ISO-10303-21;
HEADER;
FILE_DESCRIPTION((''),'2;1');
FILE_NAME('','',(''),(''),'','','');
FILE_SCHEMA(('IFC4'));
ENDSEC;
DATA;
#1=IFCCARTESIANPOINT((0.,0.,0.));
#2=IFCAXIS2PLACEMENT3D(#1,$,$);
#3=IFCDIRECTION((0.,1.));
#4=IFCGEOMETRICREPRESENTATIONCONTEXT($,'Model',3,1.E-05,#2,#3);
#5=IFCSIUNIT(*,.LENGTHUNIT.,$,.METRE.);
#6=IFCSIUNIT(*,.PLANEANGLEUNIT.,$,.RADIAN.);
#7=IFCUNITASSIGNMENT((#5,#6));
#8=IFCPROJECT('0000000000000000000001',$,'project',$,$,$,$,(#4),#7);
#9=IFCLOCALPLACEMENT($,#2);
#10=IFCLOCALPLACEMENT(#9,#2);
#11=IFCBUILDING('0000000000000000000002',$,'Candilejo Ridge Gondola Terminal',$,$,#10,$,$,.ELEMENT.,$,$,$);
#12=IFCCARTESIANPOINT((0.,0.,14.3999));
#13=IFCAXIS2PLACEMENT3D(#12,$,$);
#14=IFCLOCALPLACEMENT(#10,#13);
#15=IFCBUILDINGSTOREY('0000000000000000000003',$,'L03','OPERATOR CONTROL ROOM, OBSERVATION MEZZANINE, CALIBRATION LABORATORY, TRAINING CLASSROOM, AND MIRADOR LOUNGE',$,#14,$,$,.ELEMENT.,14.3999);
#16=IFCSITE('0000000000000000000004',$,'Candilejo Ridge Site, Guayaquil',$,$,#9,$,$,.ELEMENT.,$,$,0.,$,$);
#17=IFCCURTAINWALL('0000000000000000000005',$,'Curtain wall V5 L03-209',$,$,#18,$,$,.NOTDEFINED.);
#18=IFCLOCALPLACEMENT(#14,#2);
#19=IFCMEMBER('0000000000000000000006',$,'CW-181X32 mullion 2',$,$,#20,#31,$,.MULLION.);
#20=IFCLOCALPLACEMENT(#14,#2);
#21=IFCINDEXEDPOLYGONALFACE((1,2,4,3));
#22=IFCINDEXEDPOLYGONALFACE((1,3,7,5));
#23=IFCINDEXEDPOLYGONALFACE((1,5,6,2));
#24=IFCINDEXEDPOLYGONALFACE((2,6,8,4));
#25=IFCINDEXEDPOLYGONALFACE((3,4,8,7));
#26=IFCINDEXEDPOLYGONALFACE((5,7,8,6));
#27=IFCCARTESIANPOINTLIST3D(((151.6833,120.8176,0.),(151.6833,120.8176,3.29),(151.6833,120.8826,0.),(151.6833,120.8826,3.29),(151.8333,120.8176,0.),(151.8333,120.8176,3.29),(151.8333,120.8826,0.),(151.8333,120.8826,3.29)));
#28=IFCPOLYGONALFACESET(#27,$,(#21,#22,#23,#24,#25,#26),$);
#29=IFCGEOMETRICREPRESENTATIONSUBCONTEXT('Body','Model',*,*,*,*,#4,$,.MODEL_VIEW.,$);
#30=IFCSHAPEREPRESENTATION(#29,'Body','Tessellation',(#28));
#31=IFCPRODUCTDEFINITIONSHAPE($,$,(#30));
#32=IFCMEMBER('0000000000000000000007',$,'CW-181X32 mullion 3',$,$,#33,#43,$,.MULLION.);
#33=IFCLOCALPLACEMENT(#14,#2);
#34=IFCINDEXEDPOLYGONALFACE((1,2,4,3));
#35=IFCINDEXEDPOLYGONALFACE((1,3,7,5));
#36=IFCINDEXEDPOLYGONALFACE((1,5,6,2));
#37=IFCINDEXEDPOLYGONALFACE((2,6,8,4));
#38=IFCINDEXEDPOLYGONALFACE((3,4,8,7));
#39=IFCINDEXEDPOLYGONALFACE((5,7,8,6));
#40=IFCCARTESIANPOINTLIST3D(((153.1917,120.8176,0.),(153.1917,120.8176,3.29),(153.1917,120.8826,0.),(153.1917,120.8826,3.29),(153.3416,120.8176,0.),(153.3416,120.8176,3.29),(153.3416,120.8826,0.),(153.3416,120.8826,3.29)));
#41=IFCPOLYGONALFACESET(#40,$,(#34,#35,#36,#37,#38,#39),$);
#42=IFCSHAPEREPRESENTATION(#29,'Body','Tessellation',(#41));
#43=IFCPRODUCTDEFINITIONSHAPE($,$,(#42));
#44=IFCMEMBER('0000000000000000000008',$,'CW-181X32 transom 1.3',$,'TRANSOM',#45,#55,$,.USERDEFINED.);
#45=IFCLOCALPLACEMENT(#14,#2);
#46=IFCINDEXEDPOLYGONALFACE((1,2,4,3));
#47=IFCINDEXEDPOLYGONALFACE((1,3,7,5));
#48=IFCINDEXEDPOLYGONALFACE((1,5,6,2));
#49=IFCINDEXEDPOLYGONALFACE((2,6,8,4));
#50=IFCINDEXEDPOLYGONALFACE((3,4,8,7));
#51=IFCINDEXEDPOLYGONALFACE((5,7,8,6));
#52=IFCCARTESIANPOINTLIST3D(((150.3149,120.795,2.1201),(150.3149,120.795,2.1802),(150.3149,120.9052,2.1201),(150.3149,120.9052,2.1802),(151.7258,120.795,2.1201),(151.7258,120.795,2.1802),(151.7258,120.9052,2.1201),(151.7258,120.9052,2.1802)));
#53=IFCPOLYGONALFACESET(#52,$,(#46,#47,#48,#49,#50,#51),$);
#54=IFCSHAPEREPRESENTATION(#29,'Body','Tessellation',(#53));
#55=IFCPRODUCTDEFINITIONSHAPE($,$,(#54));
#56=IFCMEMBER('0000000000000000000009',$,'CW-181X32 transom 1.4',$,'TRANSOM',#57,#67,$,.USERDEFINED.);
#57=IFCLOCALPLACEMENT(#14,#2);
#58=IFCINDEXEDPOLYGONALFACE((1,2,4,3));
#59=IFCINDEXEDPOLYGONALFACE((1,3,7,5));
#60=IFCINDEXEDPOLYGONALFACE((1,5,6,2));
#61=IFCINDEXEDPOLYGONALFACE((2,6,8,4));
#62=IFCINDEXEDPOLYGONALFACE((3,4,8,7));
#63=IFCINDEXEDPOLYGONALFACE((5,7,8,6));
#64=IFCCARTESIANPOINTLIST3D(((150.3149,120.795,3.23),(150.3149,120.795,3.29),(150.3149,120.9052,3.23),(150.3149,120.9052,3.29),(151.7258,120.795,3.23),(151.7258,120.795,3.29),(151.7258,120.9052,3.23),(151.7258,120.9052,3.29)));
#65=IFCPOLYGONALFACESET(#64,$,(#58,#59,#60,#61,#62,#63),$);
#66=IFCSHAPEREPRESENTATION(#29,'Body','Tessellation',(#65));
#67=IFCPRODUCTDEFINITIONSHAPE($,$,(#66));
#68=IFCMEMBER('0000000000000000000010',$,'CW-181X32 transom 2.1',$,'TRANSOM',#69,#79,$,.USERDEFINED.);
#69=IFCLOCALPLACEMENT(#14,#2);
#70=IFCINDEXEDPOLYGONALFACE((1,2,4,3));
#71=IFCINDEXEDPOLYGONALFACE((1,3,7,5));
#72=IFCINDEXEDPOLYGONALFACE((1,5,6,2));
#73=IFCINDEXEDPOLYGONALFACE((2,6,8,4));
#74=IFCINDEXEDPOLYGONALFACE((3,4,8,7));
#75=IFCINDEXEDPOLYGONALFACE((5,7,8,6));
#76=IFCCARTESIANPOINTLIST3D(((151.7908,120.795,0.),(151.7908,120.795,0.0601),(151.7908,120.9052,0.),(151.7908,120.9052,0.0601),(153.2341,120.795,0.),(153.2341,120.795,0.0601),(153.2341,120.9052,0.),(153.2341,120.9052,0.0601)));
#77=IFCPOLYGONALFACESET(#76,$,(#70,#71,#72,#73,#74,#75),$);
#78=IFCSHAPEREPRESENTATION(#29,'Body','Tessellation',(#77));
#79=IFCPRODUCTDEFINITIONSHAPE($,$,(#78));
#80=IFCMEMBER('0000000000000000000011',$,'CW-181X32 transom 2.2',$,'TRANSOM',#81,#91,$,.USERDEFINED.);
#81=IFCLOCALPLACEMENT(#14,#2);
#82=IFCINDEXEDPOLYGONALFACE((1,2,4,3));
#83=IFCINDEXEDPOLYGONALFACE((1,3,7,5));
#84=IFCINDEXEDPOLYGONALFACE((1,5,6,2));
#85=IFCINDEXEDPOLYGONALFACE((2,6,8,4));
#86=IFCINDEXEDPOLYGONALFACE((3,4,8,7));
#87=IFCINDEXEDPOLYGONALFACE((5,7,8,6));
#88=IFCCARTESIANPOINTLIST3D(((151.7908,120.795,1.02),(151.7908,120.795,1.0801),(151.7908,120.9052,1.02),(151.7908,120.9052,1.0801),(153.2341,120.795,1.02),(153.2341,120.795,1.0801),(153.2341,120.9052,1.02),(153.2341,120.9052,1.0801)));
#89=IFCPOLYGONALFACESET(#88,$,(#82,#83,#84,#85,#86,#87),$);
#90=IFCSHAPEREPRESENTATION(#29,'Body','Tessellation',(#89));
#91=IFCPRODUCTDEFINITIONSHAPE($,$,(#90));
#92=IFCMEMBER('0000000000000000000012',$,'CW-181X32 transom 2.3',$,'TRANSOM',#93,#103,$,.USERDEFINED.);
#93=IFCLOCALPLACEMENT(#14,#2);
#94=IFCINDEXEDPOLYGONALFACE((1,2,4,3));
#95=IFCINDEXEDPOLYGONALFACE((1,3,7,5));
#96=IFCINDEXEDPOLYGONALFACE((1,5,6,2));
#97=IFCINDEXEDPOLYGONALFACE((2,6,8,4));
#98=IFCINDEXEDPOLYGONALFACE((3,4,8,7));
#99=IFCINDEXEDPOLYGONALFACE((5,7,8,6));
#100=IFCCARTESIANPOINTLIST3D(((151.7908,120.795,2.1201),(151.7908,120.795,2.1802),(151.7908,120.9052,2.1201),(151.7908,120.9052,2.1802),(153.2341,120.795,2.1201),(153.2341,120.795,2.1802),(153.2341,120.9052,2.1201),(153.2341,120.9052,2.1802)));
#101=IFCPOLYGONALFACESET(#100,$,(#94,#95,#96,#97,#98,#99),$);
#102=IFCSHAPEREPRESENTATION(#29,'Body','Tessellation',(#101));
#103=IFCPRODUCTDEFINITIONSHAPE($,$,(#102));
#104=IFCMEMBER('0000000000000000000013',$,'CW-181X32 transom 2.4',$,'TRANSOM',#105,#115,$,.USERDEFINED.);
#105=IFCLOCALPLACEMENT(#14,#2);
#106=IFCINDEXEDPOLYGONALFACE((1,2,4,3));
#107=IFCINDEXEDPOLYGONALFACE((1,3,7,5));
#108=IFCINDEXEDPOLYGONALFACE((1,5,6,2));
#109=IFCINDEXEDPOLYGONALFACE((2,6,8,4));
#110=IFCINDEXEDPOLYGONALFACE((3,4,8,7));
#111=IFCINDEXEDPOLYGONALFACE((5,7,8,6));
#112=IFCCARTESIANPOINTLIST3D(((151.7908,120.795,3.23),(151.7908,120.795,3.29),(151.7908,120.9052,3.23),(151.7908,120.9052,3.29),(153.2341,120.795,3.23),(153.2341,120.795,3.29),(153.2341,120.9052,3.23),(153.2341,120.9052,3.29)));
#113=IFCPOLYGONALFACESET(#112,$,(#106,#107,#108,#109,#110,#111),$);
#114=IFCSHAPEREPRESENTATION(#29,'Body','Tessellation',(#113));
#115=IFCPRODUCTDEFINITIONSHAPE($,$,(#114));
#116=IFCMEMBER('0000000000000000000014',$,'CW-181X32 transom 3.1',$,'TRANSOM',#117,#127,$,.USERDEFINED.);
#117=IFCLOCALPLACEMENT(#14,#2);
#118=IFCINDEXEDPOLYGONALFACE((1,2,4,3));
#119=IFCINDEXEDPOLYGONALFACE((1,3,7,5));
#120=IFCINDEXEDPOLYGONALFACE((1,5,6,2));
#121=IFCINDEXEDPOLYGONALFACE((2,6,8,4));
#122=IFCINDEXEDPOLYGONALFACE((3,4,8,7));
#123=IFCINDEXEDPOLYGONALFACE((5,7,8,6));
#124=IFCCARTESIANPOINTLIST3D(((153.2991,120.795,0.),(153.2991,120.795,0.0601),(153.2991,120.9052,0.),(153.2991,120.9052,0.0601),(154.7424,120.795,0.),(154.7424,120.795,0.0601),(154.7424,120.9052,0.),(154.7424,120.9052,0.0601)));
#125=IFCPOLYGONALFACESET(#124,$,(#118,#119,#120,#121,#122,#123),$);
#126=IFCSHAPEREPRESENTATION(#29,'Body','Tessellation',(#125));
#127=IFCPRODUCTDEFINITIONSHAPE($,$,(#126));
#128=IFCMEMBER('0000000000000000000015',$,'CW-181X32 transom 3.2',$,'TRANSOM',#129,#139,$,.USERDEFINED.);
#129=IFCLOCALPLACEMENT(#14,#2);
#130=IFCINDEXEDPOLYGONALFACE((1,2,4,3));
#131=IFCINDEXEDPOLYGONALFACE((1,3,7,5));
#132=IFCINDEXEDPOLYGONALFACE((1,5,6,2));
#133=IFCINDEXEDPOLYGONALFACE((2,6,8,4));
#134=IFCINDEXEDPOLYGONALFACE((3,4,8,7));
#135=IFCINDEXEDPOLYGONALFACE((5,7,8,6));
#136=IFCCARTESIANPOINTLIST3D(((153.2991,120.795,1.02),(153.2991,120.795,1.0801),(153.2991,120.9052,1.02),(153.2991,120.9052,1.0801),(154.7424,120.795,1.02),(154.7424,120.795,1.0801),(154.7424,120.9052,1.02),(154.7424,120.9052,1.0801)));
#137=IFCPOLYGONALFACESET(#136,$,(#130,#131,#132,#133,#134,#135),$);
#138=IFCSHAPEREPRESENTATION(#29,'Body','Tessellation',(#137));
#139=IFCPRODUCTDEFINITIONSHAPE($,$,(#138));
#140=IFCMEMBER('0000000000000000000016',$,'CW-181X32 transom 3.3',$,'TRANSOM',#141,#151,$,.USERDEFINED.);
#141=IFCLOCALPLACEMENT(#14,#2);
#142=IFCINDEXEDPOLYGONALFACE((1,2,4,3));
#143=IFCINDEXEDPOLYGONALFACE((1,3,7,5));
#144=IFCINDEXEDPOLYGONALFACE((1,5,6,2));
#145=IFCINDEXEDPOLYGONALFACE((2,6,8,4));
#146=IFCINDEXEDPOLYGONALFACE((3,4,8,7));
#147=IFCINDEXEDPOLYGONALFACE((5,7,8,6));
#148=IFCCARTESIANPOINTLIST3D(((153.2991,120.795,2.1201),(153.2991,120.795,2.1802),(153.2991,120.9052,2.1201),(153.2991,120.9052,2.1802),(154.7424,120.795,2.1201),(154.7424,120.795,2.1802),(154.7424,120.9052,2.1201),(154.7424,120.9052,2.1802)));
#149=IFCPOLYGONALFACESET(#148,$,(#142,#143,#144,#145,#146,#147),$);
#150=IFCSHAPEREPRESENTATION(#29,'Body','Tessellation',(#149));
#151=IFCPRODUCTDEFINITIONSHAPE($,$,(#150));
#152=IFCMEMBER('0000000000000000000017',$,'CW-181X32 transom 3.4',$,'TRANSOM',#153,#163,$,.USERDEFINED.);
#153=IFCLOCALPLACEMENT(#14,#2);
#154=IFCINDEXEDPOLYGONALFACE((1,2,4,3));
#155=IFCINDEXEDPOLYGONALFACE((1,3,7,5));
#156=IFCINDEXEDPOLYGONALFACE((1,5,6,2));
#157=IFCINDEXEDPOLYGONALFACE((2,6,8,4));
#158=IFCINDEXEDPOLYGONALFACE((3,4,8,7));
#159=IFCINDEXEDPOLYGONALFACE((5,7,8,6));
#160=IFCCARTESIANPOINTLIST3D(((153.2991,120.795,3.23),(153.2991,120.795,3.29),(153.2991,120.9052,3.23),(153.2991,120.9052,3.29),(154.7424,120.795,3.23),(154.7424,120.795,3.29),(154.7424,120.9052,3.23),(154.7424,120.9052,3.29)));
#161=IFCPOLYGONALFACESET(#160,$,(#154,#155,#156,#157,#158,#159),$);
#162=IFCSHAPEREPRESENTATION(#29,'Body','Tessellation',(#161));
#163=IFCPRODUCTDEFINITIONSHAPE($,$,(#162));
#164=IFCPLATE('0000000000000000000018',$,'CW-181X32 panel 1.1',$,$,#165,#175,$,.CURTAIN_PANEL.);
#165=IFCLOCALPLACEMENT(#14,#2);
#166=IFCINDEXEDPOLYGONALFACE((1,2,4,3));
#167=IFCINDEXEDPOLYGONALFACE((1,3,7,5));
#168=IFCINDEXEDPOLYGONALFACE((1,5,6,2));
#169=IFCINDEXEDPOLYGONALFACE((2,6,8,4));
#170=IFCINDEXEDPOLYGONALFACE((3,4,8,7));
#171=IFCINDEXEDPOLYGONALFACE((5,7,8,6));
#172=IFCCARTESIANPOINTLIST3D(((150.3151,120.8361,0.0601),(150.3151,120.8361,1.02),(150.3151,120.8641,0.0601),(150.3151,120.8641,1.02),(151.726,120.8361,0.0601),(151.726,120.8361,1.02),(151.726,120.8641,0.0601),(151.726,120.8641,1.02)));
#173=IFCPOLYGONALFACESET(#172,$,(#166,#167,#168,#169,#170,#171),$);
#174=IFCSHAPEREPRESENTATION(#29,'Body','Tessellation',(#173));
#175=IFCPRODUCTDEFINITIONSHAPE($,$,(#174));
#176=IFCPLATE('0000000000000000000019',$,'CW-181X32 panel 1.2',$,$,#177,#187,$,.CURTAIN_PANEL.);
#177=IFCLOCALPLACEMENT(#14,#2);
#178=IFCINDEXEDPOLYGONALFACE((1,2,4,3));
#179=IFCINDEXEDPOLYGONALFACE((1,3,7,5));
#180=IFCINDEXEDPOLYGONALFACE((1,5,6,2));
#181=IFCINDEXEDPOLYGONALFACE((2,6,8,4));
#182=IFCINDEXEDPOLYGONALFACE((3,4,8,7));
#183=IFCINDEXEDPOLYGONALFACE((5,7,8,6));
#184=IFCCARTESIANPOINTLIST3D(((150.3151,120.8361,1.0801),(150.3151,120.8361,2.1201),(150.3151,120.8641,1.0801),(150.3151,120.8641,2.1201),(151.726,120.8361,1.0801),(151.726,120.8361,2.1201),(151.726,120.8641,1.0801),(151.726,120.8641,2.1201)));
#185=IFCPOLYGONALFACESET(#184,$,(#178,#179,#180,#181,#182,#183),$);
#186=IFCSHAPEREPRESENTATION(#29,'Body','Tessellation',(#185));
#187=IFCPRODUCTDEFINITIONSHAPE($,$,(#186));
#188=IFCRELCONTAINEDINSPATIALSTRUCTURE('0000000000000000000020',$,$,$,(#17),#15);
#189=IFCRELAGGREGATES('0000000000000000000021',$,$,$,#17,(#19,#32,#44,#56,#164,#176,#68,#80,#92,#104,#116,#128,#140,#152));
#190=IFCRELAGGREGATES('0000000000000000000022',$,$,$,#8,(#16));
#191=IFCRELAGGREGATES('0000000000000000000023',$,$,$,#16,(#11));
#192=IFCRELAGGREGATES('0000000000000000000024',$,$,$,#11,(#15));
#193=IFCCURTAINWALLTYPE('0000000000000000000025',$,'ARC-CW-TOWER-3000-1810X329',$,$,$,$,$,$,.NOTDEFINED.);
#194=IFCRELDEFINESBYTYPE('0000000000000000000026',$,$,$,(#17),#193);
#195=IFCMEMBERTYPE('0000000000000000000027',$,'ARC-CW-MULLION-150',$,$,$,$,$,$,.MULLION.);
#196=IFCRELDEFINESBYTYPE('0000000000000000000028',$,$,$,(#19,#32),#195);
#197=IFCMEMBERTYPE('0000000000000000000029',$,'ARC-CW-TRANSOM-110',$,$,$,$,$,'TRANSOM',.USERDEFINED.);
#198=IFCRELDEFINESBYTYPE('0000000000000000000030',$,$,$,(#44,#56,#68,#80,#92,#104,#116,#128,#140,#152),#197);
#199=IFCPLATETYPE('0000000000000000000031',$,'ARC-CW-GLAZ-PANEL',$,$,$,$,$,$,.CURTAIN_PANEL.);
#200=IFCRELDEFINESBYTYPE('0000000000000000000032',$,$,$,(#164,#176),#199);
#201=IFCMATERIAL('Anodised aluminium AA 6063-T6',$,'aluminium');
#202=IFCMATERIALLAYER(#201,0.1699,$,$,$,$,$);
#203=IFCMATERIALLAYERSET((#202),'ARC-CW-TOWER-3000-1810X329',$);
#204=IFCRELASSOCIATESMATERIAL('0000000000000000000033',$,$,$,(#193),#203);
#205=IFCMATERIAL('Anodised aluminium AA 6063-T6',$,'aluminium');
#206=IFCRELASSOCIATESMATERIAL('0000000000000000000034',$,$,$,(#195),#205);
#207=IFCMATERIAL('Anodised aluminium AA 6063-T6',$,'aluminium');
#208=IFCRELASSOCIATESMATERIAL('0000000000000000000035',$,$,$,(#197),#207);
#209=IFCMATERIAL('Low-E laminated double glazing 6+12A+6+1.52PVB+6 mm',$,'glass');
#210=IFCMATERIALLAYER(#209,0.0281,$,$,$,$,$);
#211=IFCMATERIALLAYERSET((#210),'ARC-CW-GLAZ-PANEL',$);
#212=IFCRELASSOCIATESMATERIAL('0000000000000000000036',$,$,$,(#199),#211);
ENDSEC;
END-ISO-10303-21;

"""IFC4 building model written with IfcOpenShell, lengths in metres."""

from ifc_helpers import new_model, si_unit, direction, frame, origin, origin_2d, place, context, subcontext, project, spatial, rectangle, extrude, material, layer, layer_set, material_profile, profile_set, type_object, element, aggregate, save


model = new_model("IFC4")

# Units and contexts
model_context = context("Model", 3, precision=1e-05, world=origin(), true_north=direction((0.0, 1.0)))
body_context = subcontext(model_context, "Body", "Model", "MODEL_VIEW")
ifc_project = project(units=[si_unit("LENGTHUNIT", "METRE"), si_unit("PLANEANGLEUNIT", "RADIAN")], contexts=[model_context])

# Site, building, storey
site_placement = place(None, origin())
site = spatial("IfcSite", under=ifc_project, at=site_placement, Name="Candilejo Ridge Site, Guayaquil", CompositionType="ELEMENT", RefElevation=0.0)
building_placement = place(site_placement, origin())
building = spatial("IfcBuilding", under=site, at=building_placement, Name="Candilejo Ridge Gondola Terminal", CompositionType="ELEMENT")
storey_placement = place(building_placement, frame((0.0, 0.0, 14.3999)))
storey = spatial("IfcBuildingStorey", under=building, at=storey_placement, Name="L03", Description="OPERATOR CONTROL ROOM, OBSERVATION MEZZANINE, CALIBRATION LABORATORY, TRAINING CLASSROOM, AND MIRADOR LOUNGE", CompositionType="ELEMENT", Elevation=14.3999)

# Curtain wall, members, plates
ifc_material_1 = material(Name="Anodised aluminium AA 6063-T6", Category="aluminium")
ifc_layer_1 = layer(ifc_material_1, 0.1699)
ifc_layer_set_1 = layer_set([ifc_layer_1], Name="ARC-CW-TOWER-3000-1810X329")
curtain_wall_type = type_object("IfcCurtainWallType", Name="ARC-CW-TOWER-3000-1810X329", PredefinedType="NOTDEFINED", material=ifc_layer_set_1)
curtain_wall_placement = place(storey_placement, origin())
curtain_wall = element("IfcCurtainWall", 1, at=curtain_wall_placement, inside=storey, type_object=curtain_wall_type, Name="Curtain wall V5 L03-209", PredefinedType="NOTDEFINED")
ifc_material_2 = material(Name="Anodised aluminium AA 6063-T6", Category="aluminium")
ifc_material_profile_1 = material_profile(ifc_material_2, rectangle(XDim=0.0649, YDim=0.1499, at=origin_2d()))
ifc_profile_set_1 = profile_set([ifc_material_profile_1], Name="Anodised aluminium AA 6063-T6")
member_type_1 = type_object("IfcMemberType", Name="ARC-CW-MULLION-150", PredefinedType="MULLION", material=ifc_profile_set_1)
member_1_placement = place(storey_placement, frame((151.7583, 120.8501, 0.0), z_axis=(0.0, 0.0, 1.0), x_axis=(0.0, 1.0, 0.0)))
member_1 = element("IfcMember", 2, at=member_1_placement, type_object=member_type_1, Name="CW-181X32 mullion 2", PredefinedType="MULLION", context=body_context, shape_type="SweptSolid", body=[
    extrude(rectangle(XDim=0.0649, YDim=0.1499, at=origin_2d()), origin(), (0.0, 0.0, 1.0), 3.29),
])
member_2_placement = place(storey_placement, frame((153.2666, 120.8501, 0.0), z_axis=(0.0, 0.0, 1.0), x_axis=(0.0, 1.0, 0.0)))
member_2 = element("IfcMember", 3, at=member_2_placement, type_object=member_type_1, Name="CW-181X32 mullion 3", PredefinedType="MULLION", context=body_context, shape_type="SweptSolid", body=[
    extrude(rectangle(XDim=0.0649, YDim=0.1499, at=origin_2d()), origin(), (0.0, 0.0, 1.0), 3.29),
])
ifc_material_3 = material(Name="Anodised aluminium AA 6063-T6", Category="aluminium")
ifc_material_profile_2 = material_profile(ifc_material_3, rectangle(XDim=0.1101, YDim=0.0601, at=origin_2d()))
ifc_profile_set_2 = profile_set([ifc_material_profile_2], Name="Anodised aluminium AA 6063-T6")
member_type_2 = type_object("IfcMemberType", Name="ARC-CW-TRANSOM-110", ElementType="TRANSOM", PredefinedType="USERDEFINED", material=ifc_profile_set_2)
member_3_placement = place(storey_placement, frame((150.3149, 120.8501, 2.1501), z_axis=(1.0, 0.0, 0.0), x_axis=(0.0, 1.0, 0.0)))
member_3 = element("IfcMember", 4, at=member_3_placement, type_object=member_type_2, Name="CW-181X32 transom 1.3", ObjectType="TRANSOM", PredefinedType="USERDEFINED", context=body_context, shape_type="SweptSolid", body=[
    extrude(rectangle(XDim=0.1101, YDim=0.0601, at=origin_2d()), origin(), (0.0, 0.0, 1.0), 1.4109),
])
member_4_placement = place(storey_placement, frame((150.3149, 120.8501, 3.26), z_axis=(1.0, 0.0, 0.0), x_axis=(0.0, 1.0, 0.0)))
member_4 = element("IfcMember", 5, at=member_4_placement, type_object=member_type_2, Name="CW-181X32 transom 1.4", ObjectType="TRANSOM", PredefinedType="USERDEFINED", context=body_context, shape_type="SweptSolid", body=[
    extrude(rectangle(XDim=0.1101, YDim=0.0601, at=origin_2d()), origin(), (0.0, 0.0, 1.0), 1.4109),
])
member_5_placement = place(storey_placement, frame((151.7908, 120.8501, 0.03), z_axis=(1.0, 0.0, 0.0), x_axis=(0.0, 1.0, 0.0)))
member_5 = element("IfcMember", 6, at=member_5_placement, type_object=member_type_2, Name="CW-181X32 transom 2.1", ObjectType="TRANSOM", PredefinedType="USERDEFINED", context=body_context, shape_type="SweptSolid", body=[
    extrude(rectangle(XDim=0.1101, YDim=0.0601, at=origin_2d()), origin(), (0.0, 0.0, 1.0), 1.4434),
])
member_6_placement = place(storey_placement, frame((151.7908, 120.8501, 1.05), z_axis=(1.0, 0.0, 0.0), x_axis=(0.0, 1.0, 0.0)))
member_6 = element("IfcMember", 7, at=member_6_placement, type_object=member_type_2, Name="CW-181X32 transom 2.2", ObjectType="TRANSOM", PredefinedType="USERDEFINED", context=body_context, shape_type="SweptSolid", body=[
    extrude(rectangle(XDim=0.1101, YDim=0.0601, at=origin_2d()), origin(), (0.0, 0.0, 1.0), 1.4434),
])
member_7_placement = place(storey_placement, frame((151.7908, 120.8501, 2.1501), z_axis=(1.0, 0.0, 0.0), x_axis=(0.0, 1.0, 0.0)))
member_7 = element("IfcMember", 8, at=member_7_placement, type_object=member_type_2, Name="CW-181X32 transom 2.3", ObjectType="TRANSOM", PredefinedType="USERDEFINED", context=body_context, shape_type="SweptSolid", body=[
    extrude(rectangle(XDim=0.1101, YDim=0.0601, at=origin_2d()), origin(), (0.0, 0.0, 1.0), 1.4434),
])
member_8_placement = place(storey_placement, frame((151.7908, 120.8501, 3.26), z_axis=(1.0, 0.0, 0.0), x_axis=(0.0, 1.0, 0.0)))
member_8 = element("IfcMember", 9, at=member_8_placement, type_object=member_type_2, Name="CW-181X32 transom 2.4", ObjectType="TRANSOM", PredefinedType="USERDEFINED", context=body_context, shape_type="SweptSolid", body=[
    extrude(rectangle(XDim=0.1101, YDim=0.0601, at=origin_2d()), origin(), (0.0, 0.0, 1.0), 1.4434),
])
member_9_placement = place(storey_placement, frame((153.2991, 120.8501, 0.03), z_axis=(1.0, 0.0, 0.0), x_axis=(0.0, 1.0, 0.0)))
member_9 = element("IfcMember", 10, at=member_9_placement, type_object=member_type_2, Name="CW-181X32 transom 3.1", ObjectType="TRANSOM", PredefinedType="USERDEFINED", context=body_context, shape_type="SweptSolid", body=[
    extrude(rectangle(XDim=0.1101, YDim=0.0601, at=origin_2d()), origin(), (0.0, 0.0, 1.0), 1.4434),
])
member_10_placement = place(storey_placement, frame((153.2991, 120.8501, 1.05), z_axis=(1.0, 0.0, 0.0), x_axis=(0.0, 1.0, 0.0)))
member_10 = element("IfcMember", 11, at=member_10_placement, type_object=member_type_2, Name="CW-181X32 transom 3.2", ObjectType="TRANSOM", PredefinedType="USERDEFINED", context=body_context, shape_type="SweptSolid", body=[
    extrude(rectangle(XDim=0.1101, YDim=0.0601, at=origin_2d()), origin(), (0.0, 0.0, 1.0), 1.4434),
])
member_11_placement = place(storey_placement, frame((153.2991, 120.8501, 2.1501), z_axis=(1.0, 0.0, 0.0), x_axis=(0.0, 1.0, 0.0)))
member_11 = element("IfcMember", 12, at=member_11_placement, type_object=member_type_2, Name="CW-181X32 transom 3.3", ObjectType="TRANSOM", PredefinedType="USERDEFINED", context=body_context, shape_type="SweptSolid", body=[
    extrude(rectangle(XDim=0.1101, YDim=0.0601, at=origin_2d()), origin(), (0.0, 0.0, 1.0), 1.4434),
])
member_12_placement = place(storey_placement, frame((153.2991, 120.8501, 3.26), z_axis=(1.0, 0.0, 0.0), x_axis=(0.0, 1.0, 0.0)))
member_12 = element("IfcMember", 13, at=member_12_placement, type_object=member_type_2, Name="CW-181X32 transom 3.4", ObjectType="TRANSOM", PredefinedType="USERDEFINED", context=body_context, shape_type="SweptSolid", body=[
    extrude(rectangle(XDim=0.1101, YDim=0.0601, at=origin_2d()), origin(), (0.0, 0.0, 1.0), 1.4434),
])
ifc_material_4 = material(Name="Low-E laminated double glazing 6+12A+6+1.52PVB+6 mm", Category="glass")
ifc_layer_2 = layer(ifc_material_4, 0.0281)
ifc_layer_set_2 = layer_set([ifc_layer_2], Name="ARC-CW-GLAZ-PANEL")
plate_type = type_object("IfcPlateType", Name="ARC-CW-GLAZ-PANEL", PredefinedType="CURTAIN_PANEL", material=ifc_layer_set_2)
plate_1_placement = place(storey_placement, frame((151.0205, 120.8501, 0.0601), z_axis=(0.0, 0.0, 1.0), x_axis=(1.0, 0.0, 0.0)))
plate_1 = element("IfcPlate", 14, at=plate_1_placement, type_object=plate_type, Name="CW-181X32 panel 1.1", PredefinedType="CURTAIN_PANEL", context=body_context, shape_type="SweptSolid", body=[
    extrude(rectangle(XDim=1.4109, YDim=0.0281, at=origin_2d()), origin(), (0.0, 0.0, 1.0), 0.96),
])
plate_2_placement = place(storey_placement, frame((151.0205, 120.8501, 1.0801), z_axis=(0.0, 0.0, 1.0), x_axis=(1.0, 0.0, 0.0)))
plate_2 = element("IfcPlate", 15, at=plate_2_placement, type_object=plate_type, Name="CW-181X32 panel 1.2", PredefinedType="CURTAIN_PANEL", context=body_context, shape_type="SweptSolid", body=[
    extrude(rectangle(XDim=1.4109, YDim=0.0281, at=origin_2d()), origin(), (0.0, 0.0, 1.0), 1.04),
])
aggregate(curtain_wall, [member_1, member_2, member_3, member_4, plate_1, plate_2, member_5, member_6, member_7, member_8, member_9, member_10, member_11, member_12])

save(model, "model.ifc")
